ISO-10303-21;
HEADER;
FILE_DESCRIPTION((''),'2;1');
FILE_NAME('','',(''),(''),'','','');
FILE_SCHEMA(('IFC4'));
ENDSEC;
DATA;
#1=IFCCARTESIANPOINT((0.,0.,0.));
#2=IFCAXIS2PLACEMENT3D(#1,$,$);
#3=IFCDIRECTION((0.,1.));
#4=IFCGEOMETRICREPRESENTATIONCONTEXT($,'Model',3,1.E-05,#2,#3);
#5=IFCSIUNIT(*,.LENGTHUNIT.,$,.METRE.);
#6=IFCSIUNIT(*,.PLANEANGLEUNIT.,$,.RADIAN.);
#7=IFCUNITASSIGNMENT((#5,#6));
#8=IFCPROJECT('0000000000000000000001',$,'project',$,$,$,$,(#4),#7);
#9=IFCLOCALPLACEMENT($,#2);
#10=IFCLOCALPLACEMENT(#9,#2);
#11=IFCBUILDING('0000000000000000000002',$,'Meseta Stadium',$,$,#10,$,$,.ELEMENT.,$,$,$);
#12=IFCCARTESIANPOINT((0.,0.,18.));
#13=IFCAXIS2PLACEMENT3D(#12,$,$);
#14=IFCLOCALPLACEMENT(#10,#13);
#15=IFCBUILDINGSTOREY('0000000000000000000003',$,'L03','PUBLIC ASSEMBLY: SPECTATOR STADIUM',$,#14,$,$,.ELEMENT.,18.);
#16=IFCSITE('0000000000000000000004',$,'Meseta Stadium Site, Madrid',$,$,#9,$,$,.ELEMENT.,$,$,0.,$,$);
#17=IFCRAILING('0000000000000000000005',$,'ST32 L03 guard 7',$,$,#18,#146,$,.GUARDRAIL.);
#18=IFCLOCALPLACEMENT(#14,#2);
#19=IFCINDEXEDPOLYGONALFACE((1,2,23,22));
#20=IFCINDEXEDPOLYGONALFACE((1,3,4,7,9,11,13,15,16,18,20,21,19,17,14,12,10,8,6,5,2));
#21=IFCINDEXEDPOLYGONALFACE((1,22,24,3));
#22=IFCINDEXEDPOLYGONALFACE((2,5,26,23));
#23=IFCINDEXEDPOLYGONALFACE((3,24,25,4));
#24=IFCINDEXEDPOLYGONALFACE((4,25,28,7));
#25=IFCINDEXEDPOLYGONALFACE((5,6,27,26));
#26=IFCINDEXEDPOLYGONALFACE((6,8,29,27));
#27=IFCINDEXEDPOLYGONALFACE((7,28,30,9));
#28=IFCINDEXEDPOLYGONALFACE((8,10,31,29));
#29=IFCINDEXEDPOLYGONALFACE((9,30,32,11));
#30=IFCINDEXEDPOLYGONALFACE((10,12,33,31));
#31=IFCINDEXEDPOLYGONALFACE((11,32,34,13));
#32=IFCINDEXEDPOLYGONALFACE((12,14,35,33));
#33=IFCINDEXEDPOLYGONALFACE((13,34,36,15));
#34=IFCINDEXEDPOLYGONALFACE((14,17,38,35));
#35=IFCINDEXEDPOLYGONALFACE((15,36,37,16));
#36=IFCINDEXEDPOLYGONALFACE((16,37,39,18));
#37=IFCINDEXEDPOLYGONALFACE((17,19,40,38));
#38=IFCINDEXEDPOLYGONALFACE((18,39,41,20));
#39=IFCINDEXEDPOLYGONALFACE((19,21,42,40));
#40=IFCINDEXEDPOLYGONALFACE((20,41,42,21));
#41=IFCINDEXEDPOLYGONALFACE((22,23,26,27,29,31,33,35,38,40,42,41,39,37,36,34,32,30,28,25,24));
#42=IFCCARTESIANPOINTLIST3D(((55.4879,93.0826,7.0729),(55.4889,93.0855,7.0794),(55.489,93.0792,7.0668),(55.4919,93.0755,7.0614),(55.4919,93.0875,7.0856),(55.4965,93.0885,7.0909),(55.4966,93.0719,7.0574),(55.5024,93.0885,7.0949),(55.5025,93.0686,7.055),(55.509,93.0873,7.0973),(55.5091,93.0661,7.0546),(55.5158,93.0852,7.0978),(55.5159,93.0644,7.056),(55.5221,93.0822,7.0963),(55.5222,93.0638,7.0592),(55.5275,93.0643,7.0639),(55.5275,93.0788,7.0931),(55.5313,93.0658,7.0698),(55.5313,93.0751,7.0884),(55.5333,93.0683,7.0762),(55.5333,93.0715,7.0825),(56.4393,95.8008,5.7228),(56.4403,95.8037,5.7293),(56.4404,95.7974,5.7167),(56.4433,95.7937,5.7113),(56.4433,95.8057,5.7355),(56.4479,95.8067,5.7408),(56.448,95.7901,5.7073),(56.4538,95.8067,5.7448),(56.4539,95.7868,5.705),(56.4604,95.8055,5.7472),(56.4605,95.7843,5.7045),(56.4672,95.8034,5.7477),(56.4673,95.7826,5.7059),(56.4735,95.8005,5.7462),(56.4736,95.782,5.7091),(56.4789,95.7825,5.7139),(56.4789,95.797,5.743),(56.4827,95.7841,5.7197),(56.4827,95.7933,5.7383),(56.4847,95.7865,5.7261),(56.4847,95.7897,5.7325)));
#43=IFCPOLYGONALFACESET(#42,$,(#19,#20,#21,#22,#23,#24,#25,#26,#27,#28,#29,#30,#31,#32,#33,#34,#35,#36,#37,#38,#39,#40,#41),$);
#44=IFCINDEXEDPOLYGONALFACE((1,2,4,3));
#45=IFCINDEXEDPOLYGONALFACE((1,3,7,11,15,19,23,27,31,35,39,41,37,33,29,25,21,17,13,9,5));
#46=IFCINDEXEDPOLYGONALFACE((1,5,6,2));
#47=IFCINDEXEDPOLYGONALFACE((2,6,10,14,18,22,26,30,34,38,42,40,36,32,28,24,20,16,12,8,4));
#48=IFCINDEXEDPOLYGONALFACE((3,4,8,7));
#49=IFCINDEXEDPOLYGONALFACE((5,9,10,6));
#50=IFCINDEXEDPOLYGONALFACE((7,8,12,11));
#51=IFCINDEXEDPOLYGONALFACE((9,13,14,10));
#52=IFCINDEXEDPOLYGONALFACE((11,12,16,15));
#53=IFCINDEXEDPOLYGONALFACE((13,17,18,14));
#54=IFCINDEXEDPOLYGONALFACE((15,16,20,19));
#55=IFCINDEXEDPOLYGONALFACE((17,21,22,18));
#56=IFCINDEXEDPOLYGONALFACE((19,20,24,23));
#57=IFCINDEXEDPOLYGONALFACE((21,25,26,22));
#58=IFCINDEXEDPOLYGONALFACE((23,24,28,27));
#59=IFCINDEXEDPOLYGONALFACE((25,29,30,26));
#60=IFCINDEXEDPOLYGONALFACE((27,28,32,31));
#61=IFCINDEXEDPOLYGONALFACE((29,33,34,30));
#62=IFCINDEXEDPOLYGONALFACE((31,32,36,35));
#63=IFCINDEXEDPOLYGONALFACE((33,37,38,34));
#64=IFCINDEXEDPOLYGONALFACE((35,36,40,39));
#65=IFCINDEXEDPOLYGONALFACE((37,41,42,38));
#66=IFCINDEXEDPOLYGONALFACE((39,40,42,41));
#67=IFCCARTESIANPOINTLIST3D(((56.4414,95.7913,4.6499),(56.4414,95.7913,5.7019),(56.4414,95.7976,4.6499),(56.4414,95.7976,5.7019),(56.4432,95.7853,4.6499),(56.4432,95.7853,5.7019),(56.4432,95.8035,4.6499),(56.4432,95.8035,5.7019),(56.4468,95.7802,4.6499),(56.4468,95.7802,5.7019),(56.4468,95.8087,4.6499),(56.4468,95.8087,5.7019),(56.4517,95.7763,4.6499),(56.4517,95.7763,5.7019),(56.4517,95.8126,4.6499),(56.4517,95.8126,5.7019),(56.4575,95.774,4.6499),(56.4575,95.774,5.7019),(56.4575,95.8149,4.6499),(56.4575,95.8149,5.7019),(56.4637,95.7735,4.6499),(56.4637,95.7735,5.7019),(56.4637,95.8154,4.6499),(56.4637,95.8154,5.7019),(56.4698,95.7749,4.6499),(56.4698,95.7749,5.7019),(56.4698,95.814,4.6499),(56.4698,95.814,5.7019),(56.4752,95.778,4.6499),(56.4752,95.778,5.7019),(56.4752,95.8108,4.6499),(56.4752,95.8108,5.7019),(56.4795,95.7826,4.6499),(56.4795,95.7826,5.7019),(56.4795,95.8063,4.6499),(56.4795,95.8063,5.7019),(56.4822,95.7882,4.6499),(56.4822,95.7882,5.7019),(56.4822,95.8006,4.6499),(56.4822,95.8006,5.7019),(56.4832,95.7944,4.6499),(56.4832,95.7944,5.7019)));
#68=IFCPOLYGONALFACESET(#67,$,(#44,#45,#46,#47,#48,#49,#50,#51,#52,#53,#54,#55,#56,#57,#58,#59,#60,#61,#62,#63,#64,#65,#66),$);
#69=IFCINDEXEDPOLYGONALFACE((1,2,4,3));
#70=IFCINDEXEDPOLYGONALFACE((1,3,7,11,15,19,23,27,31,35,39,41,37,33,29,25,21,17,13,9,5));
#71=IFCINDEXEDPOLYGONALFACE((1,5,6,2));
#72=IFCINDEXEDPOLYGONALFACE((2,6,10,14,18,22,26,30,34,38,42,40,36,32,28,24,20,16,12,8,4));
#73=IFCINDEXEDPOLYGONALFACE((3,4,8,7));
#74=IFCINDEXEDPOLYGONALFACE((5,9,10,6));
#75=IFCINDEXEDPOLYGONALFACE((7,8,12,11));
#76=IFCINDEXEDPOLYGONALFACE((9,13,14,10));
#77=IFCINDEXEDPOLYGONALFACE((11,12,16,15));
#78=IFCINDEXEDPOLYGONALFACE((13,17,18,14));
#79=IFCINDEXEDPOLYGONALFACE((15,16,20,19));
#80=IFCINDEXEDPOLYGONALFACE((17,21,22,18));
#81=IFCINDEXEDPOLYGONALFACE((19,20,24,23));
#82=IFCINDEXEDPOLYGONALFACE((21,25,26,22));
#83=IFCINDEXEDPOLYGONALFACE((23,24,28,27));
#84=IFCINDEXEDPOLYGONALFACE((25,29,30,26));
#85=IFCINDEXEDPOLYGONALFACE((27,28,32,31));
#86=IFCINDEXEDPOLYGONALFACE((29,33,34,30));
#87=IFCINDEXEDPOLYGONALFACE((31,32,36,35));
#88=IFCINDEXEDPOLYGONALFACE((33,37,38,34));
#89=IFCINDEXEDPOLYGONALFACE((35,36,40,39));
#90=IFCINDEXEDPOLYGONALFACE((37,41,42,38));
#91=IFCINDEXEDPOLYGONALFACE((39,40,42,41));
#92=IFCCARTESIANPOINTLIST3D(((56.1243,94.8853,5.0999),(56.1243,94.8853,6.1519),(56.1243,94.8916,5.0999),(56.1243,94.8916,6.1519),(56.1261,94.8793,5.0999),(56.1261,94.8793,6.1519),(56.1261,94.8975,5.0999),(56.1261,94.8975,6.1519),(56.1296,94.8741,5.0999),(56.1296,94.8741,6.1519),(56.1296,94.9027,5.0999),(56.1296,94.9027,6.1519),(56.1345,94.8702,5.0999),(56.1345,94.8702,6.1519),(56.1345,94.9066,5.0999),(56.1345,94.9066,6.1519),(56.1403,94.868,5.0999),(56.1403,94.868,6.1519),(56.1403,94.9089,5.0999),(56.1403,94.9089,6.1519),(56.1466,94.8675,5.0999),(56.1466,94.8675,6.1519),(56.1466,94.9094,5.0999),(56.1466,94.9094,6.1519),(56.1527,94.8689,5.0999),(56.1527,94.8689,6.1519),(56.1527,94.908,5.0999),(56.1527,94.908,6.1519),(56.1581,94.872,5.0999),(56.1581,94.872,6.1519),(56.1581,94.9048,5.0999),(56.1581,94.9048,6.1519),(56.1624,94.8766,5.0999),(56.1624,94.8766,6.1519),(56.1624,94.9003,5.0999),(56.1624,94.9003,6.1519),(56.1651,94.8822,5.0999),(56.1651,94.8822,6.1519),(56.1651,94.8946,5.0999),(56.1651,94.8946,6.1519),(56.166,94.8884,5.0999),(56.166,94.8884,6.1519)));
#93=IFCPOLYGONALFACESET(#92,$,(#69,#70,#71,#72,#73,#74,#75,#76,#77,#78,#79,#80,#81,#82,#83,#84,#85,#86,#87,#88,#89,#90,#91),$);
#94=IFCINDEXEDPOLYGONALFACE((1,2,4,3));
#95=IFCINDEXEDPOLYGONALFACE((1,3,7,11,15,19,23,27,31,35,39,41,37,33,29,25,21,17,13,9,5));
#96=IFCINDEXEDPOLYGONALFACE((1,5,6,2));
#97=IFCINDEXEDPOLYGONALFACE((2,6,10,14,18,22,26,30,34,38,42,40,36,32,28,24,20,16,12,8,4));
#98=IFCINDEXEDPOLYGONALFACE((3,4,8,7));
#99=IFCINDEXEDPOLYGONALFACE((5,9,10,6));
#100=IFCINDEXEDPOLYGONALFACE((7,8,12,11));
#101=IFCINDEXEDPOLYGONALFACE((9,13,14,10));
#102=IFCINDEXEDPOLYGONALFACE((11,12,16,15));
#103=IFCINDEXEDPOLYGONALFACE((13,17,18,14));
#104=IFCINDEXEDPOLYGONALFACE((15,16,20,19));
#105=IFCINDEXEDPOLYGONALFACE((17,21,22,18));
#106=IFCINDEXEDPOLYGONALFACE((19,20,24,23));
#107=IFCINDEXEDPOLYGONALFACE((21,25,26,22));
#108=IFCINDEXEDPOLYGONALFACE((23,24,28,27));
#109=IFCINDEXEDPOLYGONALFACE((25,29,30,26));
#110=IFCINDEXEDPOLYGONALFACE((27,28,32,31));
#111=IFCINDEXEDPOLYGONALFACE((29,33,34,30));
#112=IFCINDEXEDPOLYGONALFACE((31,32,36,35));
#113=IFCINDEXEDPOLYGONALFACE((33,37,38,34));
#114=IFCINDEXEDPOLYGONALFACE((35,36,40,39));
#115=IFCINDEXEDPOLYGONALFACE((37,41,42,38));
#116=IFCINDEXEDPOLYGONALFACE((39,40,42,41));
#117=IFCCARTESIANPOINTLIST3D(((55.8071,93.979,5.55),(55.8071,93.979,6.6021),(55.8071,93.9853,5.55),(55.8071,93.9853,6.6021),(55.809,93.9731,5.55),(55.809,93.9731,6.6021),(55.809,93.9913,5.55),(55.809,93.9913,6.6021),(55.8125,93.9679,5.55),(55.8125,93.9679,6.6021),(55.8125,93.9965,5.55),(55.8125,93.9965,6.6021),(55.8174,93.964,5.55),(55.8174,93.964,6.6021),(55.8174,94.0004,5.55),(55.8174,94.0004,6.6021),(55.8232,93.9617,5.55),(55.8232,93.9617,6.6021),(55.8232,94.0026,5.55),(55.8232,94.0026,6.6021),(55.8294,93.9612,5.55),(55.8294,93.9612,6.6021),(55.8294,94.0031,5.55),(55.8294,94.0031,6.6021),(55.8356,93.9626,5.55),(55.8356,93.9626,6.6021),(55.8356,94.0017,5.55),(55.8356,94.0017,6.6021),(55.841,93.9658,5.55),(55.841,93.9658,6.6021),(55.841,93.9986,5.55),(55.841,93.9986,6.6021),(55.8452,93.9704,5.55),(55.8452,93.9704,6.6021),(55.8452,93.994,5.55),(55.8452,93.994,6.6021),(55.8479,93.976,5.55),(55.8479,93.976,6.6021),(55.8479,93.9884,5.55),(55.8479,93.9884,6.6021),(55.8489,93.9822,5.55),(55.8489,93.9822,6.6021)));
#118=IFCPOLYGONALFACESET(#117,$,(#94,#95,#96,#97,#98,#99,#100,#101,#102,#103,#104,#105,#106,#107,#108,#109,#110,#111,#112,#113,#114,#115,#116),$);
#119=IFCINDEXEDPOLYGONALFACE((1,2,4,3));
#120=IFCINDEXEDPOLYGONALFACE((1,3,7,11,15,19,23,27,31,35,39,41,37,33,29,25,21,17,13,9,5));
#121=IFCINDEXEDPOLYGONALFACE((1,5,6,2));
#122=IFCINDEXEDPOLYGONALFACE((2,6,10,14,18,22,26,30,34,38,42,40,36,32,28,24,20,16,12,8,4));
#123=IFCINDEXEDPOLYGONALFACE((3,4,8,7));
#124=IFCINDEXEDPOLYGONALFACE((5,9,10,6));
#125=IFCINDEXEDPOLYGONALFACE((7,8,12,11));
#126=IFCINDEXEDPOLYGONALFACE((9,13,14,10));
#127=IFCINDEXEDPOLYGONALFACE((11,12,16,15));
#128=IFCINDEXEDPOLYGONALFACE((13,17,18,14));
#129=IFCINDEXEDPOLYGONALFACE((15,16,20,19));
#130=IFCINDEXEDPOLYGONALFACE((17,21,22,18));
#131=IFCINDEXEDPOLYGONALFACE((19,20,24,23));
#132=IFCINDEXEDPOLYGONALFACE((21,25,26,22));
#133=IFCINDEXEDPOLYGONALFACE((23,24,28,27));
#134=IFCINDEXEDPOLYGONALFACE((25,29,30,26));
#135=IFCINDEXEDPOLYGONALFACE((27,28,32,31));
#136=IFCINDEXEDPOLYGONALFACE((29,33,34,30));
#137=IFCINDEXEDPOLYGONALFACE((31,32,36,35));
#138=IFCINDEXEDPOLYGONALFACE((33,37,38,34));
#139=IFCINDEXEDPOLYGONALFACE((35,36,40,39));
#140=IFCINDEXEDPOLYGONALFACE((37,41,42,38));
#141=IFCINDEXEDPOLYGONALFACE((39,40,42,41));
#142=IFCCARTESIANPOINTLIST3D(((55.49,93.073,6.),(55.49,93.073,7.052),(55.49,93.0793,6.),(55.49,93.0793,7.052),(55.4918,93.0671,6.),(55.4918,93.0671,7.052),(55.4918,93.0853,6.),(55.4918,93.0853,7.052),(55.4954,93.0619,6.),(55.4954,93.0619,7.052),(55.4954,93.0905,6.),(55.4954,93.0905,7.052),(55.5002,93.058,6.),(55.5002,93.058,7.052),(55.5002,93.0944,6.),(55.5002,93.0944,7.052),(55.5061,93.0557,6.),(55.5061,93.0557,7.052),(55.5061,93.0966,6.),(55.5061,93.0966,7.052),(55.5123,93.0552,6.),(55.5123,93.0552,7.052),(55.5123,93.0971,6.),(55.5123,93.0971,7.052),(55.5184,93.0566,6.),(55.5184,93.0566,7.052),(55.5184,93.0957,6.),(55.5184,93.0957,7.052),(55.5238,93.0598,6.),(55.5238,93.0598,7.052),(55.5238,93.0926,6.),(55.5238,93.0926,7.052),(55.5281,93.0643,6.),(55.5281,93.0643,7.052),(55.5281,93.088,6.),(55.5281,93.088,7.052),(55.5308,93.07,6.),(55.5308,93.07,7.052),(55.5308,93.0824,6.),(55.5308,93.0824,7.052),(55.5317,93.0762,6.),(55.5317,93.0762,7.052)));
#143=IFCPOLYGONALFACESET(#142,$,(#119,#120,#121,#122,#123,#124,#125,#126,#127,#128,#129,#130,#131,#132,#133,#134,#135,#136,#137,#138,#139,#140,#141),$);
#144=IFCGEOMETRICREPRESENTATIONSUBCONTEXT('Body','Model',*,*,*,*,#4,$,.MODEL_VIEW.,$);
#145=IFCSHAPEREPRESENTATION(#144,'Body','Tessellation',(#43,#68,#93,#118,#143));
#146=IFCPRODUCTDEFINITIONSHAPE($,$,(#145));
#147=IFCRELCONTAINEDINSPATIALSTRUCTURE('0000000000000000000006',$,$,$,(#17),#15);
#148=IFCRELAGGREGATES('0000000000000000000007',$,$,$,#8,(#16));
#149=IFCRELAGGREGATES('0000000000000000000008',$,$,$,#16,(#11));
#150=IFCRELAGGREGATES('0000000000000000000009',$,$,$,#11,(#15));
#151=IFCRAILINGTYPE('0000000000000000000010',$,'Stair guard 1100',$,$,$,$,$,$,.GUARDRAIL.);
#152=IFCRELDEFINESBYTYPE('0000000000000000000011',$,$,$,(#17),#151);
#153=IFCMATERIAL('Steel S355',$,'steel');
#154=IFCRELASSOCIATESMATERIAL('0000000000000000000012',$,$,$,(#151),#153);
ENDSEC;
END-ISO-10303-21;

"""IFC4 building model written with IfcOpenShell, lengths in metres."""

from ifc_helpers import new_model, si_unit, direction, frame, origin, origin_2d, place, context, subcontext, project, spatial, circle, extrude, material, type_object, element, save


model = new_model("IFC4")

# Units and contexts
model_context = context("Model", 3, precision=1e-05, world=origin(), true_north=direction((0.0, 1.0)))
body_context = subcontext(model_context, "Body", "Model", "MODEL_VIEW")
ifc_project = project(units=[si_unit("LENGTHUNIT", "METRE"), si_unit("PLANEANGLEUNIT", "RADIAN")], contexts=[model_context])

# Site, building, storey
site_placement = place(None, origin())
site = spatial("IfcSite", under=ifc_project, at=site_placement, Name="Meseta Stadium Site, Madrid", CompositionType="ELEMENT", RefElevation=0.0)
building_placement = place(site_placement, origin())
building = spatial("IfcBuilding", under=site, at=building_placement, Name="Meseta Stadium", CompositionType="ELEMENT")
storey_placement = place(building_placement, frame((0.0, 0.0, 18.0)))
storey = spatial("IfcBuildingStorey", under=building, at=storey_placement, Name="L03", Description="PUBLIC ASSEMBLY: SPECTATOR STADIUM", CompositionType="ELEMENT", Elevation=18.0)

# Railing
ifc_material_1 = material(Name="Steel S355", Category="steel")
railing_type_1 = type_object("IfcRailingType", Name="Stair guard 1100", PredefinedType="GUARDRAIL", material=ifc_material_1)
railing_1_placement = place(storey_placement, frame((56.4622, 95.7944, 4.6499)))
element("IfcRailing", 1, at=railing_1_placement, inside=storey, type_object=railing_type_1, Name="ST32 L03 guard 7", PredefinedType="GUARDRAIL", context=body_context, shape_type="SweptSolid", body=[
    extrude(circle(Radius=0.0239, at=origin_2d()), frame((0.0, 0.0, 1.0762), z_axis=(-0.299121, -0.854609, 0.424465), x_axis=(0.943856, -0.330358, 0.0)), (0.0, 0.0, 1.0), 3.1807),
    extrude(circle(Radius=0.021, at=origin_2d()), origin(), (0.0, 0.0, 1.0), 1.052),
    extrude(circle(Radius=0.021, at=origin_2d()), frame((-0.3171, -0.906, 0.45)), (0.0, 0.0, 1.0), 1.052),
    extrude(circle(Radius=0.021, at=origin_2d()), frame((-0.6343, -1.8123, 0.9001)), (0.0, 0.0, 1.0), 1.052),
    extrude(circle(Radius=0.021, at=origin_2d()), frame((-0.9514, -2.7183, 1.3501)), (0.0, 0.0, 1.0), 1.052),
])

save(model, "model.ifc")
